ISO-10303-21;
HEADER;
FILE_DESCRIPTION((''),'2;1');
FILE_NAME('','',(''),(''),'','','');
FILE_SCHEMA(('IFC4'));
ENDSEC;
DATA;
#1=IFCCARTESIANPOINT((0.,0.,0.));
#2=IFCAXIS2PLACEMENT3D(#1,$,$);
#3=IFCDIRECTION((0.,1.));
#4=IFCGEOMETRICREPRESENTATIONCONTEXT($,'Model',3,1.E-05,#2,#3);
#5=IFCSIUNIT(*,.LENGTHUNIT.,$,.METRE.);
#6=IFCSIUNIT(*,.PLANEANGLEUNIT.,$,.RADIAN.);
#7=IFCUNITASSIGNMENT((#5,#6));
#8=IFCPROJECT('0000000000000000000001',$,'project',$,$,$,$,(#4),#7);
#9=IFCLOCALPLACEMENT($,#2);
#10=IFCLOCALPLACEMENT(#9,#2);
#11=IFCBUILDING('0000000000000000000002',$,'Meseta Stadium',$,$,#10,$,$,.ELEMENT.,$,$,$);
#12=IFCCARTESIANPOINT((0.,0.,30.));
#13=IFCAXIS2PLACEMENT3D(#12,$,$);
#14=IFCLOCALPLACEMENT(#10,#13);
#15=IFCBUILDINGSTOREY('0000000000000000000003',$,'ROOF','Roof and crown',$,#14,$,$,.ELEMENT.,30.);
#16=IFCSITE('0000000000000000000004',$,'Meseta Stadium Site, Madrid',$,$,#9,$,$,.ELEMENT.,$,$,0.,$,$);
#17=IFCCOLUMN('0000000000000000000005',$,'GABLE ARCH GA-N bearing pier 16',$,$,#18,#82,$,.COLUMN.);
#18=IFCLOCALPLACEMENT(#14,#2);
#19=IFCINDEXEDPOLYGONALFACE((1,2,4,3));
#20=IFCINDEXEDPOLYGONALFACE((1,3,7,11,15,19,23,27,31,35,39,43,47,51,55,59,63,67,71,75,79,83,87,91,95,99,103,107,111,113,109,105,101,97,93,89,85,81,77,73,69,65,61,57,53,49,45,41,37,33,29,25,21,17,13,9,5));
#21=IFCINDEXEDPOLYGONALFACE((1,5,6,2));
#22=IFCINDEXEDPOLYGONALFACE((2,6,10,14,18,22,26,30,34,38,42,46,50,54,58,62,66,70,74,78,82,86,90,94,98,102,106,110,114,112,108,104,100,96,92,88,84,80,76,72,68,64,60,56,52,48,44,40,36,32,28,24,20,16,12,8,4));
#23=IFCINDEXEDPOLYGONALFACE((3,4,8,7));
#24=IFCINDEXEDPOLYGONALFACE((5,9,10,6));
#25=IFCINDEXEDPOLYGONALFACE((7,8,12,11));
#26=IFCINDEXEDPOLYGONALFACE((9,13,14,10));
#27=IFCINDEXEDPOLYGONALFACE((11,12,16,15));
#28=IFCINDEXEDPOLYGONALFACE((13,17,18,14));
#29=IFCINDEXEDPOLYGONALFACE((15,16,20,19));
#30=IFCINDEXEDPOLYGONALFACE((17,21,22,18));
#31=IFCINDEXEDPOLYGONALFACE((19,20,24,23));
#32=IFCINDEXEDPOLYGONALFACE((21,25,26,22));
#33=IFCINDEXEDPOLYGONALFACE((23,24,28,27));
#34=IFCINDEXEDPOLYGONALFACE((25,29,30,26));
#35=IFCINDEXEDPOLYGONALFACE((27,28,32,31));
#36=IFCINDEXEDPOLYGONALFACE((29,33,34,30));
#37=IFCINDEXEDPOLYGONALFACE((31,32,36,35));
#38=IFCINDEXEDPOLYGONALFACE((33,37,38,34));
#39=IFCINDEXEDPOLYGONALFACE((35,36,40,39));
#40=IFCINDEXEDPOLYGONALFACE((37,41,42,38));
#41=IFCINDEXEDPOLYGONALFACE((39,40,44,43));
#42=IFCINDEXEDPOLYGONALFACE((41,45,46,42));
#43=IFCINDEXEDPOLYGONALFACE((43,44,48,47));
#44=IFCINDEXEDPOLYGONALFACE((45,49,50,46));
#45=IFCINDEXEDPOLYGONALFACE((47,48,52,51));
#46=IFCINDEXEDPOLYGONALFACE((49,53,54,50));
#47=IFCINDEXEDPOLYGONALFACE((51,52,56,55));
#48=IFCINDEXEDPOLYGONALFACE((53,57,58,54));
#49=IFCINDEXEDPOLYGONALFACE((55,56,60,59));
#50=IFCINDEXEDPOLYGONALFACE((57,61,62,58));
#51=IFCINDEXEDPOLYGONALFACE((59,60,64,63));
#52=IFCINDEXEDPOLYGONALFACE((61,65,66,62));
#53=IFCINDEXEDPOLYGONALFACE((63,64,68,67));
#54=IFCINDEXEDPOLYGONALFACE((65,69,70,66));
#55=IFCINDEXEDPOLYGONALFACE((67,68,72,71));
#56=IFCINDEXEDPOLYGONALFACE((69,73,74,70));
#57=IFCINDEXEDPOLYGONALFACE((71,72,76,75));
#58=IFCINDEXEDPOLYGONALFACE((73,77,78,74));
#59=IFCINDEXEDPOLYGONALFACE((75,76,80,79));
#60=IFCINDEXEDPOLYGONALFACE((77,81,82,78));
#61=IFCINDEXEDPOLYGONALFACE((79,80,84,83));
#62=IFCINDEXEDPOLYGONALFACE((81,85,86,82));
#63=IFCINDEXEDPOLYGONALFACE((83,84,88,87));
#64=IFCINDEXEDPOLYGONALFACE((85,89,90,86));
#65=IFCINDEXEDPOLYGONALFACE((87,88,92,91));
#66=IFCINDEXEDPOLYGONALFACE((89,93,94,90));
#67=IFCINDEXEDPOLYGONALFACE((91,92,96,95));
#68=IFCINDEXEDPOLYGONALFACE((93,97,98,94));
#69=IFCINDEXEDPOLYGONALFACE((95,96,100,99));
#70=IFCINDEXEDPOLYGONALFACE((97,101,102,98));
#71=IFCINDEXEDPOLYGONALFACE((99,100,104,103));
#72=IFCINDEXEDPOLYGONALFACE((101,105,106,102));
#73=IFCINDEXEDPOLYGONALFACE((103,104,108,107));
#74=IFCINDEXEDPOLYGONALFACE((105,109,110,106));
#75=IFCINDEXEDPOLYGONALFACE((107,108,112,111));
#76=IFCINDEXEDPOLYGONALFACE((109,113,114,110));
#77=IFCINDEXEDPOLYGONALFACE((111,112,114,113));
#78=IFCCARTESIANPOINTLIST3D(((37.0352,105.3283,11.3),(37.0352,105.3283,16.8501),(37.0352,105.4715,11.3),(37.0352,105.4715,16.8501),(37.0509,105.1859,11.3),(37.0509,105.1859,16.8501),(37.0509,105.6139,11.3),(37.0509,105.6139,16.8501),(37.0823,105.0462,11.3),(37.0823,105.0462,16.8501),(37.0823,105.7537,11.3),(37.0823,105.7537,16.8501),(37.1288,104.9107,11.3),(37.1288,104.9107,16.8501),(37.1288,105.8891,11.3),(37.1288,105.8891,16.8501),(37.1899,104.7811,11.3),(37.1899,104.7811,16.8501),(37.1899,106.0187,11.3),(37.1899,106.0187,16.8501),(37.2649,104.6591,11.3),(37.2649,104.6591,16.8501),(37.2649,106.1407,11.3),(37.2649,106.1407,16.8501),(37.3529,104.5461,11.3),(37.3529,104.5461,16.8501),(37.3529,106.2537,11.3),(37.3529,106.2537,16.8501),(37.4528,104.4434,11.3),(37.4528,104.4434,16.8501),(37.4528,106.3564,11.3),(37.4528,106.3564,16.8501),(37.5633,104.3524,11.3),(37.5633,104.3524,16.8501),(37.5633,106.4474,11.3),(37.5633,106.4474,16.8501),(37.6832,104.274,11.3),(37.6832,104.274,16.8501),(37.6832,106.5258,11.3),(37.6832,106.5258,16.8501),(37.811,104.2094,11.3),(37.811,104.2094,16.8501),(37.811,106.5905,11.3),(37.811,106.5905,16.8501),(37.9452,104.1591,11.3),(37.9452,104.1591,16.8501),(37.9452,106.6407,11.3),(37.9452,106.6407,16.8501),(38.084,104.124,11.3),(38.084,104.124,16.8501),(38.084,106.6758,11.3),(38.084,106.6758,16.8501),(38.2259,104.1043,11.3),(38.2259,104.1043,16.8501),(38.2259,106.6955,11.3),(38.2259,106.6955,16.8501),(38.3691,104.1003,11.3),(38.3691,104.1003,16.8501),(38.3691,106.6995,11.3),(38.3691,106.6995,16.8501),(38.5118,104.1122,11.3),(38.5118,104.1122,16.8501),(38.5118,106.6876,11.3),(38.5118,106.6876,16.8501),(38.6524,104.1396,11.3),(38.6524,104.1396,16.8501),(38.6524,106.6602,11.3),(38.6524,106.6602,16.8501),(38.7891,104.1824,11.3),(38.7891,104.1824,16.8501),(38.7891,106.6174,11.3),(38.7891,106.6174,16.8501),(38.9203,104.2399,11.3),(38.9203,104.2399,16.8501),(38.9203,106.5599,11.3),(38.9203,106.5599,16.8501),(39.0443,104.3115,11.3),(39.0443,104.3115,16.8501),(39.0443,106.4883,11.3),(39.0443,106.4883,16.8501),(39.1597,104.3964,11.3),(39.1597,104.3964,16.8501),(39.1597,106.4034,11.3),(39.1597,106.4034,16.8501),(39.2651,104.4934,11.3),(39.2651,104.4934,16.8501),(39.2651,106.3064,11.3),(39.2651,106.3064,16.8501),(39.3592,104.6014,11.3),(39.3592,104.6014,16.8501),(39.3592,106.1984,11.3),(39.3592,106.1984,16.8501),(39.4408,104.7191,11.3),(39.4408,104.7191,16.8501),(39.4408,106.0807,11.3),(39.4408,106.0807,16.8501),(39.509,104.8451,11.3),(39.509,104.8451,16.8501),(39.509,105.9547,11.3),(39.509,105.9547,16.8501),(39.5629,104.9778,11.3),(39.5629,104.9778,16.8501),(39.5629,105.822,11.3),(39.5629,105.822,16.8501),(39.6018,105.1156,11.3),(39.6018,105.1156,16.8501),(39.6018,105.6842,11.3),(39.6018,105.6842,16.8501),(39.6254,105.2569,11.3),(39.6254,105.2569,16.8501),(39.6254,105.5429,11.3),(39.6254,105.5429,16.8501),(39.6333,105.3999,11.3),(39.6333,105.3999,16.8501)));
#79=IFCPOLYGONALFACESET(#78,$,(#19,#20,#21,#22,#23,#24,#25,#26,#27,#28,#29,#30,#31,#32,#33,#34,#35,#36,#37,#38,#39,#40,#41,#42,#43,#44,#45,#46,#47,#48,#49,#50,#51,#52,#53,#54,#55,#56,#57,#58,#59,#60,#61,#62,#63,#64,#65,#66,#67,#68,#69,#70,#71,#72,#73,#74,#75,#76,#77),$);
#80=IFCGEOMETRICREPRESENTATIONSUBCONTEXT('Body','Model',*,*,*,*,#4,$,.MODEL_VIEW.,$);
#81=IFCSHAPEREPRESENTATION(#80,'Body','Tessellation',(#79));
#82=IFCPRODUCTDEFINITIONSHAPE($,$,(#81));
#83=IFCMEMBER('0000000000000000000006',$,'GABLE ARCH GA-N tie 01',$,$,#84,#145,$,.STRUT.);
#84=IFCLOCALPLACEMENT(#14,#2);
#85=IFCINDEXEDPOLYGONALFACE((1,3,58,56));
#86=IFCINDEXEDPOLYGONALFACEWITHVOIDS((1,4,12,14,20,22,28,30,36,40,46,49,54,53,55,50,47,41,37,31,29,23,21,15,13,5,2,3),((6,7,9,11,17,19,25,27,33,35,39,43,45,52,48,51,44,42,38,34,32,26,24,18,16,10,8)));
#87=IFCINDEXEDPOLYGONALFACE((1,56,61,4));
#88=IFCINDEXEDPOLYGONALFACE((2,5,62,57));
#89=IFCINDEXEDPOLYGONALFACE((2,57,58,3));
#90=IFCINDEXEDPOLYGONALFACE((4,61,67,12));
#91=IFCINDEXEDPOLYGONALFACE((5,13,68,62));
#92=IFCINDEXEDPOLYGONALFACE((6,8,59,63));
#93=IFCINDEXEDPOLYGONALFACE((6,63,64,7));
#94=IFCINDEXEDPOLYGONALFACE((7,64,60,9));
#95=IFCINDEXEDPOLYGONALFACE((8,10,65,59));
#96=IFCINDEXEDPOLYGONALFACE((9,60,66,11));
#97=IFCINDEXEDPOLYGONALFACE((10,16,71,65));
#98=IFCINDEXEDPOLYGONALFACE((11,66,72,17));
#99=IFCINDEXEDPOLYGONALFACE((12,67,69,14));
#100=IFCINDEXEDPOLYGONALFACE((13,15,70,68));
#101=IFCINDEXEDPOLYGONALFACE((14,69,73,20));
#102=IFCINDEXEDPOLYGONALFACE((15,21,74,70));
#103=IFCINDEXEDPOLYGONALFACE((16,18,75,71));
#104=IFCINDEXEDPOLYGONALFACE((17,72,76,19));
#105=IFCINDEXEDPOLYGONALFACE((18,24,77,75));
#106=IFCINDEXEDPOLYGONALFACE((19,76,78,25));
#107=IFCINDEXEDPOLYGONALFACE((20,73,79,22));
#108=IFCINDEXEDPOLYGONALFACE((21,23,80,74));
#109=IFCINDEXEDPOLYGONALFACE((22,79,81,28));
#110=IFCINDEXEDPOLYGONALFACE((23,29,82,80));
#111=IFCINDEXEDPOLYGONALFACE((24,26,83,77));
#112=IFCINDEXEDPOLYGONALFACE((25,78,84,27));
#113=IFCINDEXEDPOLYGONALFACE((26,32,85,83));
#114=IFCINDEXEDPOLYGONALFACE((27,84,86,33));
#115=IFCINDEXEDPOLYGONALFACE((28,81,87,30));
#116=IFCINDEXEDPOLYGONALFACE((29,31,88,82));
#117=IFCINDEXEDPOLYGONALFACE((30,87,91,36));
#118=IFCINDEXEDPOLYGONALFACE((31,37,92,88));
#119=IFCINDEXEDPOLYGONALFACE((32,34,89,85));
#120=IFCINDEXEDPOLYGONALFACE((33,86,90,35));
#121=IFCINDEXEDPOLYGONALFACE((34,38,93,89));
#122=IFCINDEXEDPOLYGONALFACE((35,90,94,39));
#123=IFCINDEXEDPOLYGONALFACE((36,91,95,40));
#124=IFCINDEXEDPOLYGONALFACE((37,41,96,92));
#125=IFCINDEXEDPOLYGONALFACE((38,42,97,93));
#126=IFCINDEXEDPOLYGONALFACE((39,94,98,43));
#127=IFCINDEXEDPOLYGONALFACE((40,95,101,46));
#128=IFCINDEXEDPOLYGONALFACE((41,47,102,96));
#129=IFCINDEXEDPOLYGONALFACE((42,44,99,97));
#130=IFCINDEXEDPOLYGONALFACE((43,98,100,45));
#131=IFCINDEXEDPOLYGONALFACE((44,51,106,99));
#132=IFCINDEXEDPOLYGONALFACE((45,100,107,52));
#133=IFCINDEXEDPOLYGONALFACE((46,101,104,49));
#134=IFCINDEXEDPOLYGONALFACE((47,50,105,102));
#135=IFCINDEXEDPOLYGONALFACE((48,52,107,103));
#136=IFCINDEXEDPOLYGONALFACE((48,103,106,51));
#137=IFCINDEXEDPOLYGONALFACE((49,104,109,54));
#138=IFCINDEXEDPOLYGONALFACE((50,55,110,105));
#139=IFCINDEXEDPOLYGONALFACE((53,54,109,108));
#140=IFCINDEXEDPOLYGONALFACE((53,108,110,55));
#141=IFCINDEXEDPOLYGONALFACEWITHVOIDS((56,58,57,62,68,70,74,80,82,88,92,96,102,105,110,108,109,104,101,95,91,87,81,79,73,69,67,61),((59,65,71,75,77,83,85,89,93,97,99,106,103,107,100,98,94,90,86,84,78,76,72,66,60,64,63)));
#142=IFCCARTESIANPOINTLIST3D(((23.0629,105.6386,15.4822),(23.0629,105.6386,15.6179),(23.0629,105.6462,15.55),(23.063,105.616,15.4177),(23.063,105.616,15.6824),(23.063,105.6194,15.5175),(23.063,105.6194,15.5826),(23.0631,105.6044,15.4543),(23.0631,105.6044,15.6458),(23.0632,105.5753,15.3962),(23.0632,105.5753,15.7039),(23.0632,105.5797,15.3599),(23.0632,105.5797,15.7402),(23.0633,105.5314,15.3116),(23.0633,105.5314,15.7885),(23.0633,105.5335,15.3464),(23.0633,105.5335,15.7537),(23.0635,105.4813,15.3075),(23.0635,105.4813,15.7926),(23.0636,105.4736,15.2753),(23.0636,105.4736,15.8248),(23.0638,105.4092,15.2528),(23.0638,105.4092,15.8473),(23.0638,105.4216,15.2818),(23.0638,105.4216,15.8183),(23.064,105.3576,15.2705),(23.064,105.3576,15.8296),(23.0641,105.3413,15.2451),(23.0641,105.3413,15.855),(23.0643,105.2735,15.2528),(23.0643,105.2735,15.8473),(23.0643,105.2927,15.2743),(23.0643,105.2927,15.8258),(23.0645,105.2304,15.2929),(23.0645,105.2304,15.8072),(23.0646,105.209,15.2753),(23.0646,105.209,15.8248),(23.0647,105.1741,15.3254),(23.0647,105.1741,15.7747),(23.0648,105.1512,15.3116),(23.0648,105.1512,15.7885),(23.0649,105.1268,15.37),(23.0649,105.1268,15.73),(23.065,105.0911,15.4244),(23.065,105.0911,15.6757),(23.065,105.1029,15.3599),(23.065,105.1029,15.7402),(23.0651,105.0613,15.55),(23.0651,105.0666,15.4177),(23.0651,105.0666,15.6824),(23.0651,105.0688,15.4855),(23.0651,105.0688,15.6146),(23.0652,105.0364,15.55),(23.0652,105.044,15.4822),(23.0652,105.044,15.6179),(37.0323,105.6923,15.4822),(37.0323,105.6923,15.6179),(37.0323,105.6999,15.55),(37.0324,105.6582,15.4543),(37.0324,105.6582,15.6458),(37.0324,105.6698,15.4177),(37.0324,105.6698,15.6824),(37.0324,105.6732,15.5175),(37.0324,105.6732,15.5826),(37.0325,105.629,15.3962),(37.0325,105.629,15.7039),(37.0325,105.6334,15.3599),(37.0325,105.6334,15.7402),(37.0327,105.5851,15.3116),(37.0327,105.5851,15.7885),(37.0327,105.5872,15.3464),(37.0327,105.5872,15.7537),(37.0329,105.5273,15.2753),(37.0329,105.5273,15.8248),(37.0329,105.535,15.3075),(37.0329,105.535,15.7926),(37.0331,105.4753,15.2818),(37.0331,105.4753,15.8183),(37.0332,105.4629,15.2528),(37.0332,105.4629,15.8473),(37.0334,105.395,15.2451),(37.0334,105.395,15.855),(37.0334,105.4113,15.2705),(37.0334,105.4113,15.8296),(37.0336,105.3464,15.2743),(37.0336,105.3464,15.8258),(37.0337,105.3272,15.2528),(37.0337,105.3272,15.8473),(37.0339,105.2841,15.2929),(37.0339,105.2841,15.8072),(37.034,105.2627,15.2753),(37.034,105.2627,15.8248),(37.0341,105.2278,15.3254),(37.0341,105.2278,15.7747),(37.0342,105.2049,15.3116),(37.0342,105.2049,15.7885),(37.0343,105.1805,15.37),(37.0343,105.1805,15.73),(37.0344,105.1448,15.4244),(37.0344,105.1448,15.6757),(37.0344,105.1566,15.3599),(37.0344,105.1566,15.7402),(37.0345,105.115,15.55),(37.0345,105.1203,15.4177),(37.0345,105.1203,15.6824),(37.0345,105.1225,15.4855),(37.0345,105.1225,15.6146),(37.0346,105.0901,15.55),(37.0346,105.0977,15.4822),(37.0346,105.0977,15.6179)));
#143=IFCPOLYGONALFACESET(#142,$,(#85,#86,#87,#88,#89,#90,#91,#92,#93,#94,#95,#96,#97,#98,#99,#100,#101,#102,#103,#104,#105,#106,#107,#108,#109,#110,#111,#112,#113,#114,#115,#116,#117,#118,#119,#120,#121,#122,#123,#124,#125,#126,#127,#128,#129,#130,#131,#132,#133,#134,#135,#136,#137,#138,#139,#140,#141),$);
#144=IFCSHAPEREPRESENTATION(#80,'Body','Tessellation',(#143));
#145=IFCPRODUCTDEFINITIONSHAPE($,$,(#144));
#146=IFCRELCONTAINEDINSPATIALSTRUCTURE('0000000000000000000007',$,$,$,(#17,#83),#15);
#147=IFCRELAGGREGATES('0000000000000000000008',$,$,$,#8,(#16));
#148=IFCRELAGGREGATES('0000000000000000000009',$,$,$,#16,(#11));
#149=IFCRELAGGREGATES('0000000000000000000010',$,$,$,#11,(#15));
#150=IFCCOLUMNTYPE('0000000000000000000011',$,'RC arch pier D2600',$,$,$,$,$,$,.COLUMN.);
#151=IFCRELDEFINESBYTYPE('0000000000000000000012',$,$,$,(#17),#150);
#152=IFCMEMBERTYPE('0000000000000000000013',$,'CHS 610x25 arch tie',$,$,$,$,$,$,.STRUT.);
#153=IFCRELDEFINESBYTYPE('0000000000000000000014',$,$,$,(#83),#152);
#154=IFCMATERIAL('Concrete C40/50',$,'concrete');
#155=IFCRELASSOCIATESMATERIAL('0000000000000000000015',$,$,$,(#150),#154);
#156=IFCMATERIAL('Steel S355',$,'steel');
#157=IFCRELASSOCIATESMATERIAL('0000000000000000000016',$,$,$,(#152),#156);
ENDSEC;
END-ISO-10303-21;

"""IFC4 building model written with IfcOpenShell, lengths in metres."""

from ifc_helpers import new_model, si_unit, direction, frame, origin, origin_2d, place, context, subcontext, project, spatial, circle, hollow_circle, extrude, material, material_profile, profile_set, type_object, element, save


model = new_model("IFC4")

# Units and contexts
model_context = context("Model", 3, precision=1e-05, world=origin(), true_north=direction((0.0, 1.0)))
body_context = subcontext(model_context, "Body", "Model", "MODEL_VIEW")
ifc_project = project(units=[si_unit("LENGTHUNIT", "METRE"), si_unit("PLANEANGLEUNIT", "RADIAN")], contexts=[model_context])

# Site, building, storey
site_placement = place(None, origin())
site = spatial("IfcSite", under=ifc_project, at=site_placement, Name="Meseta Stadium Site, Madrid", CompositionType="ELEMENT", RefElevation=0.0)
building_placement = place(site_placement, origin())
building = spatial("IfcBuilding", under=site, at=building_placement, Name="Meseta Stadium", CompositionType="ELEMENT")
storey_placement = place(building_placement, frame((0.0, 0.0, 30.0)))
storey = spatial("IfcBuildingStorey", under=building, at=storey_placement, Name="ROOF", Description="Roof and crown", CompositionType="ELEMENT", Elevation=30.0)

# Column
ifc_material_1 = material(Name="Concrete C40/50", Category="concrete")
ifc_material_profile_1 = material_profile(ifc_material_1, circle(Radius=1.3, at=origin_2d()), Name="RC D2600")
ifc_profile_set_1 = profile_set([ifc_material_profile_1], Name="Concrete C40/50")
column_type = type_object("IfcColumnType", Name="RC arch pier D2600", PredefinedType="COLUMN", material=ifc_profile_set_1)
column_placement = place(storey_placement, frame((38.3333, 105.3999, 11.3), z_axis=(0.0, 0.0, 1.0), x_axis=(1.0, 0.0, 0.0)))
element("IfcColumn", 1, at=column_placement, inside=storey, type_object=column_type, Name="GABLE ARCH GA-N bearing pier 16", PredefinedType="COLUMN", context=body_context, shape_type="SweptSolid", body=[
    extrude(circle(Radius=1.3, at=origin_2d()), origin(), (0.0, 0.0, 1.0), 5.55),
])

# Member
ifc_material_2 = material(Name="Steel S355", Category="steel")
ifc_material_profile_2 = material_profile(ifc_material_2, hollow_circle(Radius=0.3049, WallThickness=0.0249, at=origin_2d()), Name="CHS 610x25")
ifc_profile_set_2 = profile_set([ifc_material_profile_2], Name="Steel S355")
member_type_1 = type_object("IfcMemberType", Name="CHS 610x25 arch tie", PredefinedType="STRUT", material=ifc_profile_set_2)
member_1_placement = place(storey_placement, frame((37.0334, 105.395, 15.55), z_axis=(-0.999993, -0.003845, 0.0), x_axis=(0.003845, -0.999993, 0.0)))
element("IfcMember", 2, at=member_1_placement, inside=storey, type_object=member_type_1, Name="GABLE ARCH GA-N tie 01", PredefinedType="STRUT", context=body_context, shape_type="SweptSolid", body=[
    extrude(hollow_circle(Radius=0.3049, WallThickness=0.0249, at=origin_2d()), origin(), (0.0, 0.0, 1.0), 13.9695),
])

save(model, "model.ifc")
